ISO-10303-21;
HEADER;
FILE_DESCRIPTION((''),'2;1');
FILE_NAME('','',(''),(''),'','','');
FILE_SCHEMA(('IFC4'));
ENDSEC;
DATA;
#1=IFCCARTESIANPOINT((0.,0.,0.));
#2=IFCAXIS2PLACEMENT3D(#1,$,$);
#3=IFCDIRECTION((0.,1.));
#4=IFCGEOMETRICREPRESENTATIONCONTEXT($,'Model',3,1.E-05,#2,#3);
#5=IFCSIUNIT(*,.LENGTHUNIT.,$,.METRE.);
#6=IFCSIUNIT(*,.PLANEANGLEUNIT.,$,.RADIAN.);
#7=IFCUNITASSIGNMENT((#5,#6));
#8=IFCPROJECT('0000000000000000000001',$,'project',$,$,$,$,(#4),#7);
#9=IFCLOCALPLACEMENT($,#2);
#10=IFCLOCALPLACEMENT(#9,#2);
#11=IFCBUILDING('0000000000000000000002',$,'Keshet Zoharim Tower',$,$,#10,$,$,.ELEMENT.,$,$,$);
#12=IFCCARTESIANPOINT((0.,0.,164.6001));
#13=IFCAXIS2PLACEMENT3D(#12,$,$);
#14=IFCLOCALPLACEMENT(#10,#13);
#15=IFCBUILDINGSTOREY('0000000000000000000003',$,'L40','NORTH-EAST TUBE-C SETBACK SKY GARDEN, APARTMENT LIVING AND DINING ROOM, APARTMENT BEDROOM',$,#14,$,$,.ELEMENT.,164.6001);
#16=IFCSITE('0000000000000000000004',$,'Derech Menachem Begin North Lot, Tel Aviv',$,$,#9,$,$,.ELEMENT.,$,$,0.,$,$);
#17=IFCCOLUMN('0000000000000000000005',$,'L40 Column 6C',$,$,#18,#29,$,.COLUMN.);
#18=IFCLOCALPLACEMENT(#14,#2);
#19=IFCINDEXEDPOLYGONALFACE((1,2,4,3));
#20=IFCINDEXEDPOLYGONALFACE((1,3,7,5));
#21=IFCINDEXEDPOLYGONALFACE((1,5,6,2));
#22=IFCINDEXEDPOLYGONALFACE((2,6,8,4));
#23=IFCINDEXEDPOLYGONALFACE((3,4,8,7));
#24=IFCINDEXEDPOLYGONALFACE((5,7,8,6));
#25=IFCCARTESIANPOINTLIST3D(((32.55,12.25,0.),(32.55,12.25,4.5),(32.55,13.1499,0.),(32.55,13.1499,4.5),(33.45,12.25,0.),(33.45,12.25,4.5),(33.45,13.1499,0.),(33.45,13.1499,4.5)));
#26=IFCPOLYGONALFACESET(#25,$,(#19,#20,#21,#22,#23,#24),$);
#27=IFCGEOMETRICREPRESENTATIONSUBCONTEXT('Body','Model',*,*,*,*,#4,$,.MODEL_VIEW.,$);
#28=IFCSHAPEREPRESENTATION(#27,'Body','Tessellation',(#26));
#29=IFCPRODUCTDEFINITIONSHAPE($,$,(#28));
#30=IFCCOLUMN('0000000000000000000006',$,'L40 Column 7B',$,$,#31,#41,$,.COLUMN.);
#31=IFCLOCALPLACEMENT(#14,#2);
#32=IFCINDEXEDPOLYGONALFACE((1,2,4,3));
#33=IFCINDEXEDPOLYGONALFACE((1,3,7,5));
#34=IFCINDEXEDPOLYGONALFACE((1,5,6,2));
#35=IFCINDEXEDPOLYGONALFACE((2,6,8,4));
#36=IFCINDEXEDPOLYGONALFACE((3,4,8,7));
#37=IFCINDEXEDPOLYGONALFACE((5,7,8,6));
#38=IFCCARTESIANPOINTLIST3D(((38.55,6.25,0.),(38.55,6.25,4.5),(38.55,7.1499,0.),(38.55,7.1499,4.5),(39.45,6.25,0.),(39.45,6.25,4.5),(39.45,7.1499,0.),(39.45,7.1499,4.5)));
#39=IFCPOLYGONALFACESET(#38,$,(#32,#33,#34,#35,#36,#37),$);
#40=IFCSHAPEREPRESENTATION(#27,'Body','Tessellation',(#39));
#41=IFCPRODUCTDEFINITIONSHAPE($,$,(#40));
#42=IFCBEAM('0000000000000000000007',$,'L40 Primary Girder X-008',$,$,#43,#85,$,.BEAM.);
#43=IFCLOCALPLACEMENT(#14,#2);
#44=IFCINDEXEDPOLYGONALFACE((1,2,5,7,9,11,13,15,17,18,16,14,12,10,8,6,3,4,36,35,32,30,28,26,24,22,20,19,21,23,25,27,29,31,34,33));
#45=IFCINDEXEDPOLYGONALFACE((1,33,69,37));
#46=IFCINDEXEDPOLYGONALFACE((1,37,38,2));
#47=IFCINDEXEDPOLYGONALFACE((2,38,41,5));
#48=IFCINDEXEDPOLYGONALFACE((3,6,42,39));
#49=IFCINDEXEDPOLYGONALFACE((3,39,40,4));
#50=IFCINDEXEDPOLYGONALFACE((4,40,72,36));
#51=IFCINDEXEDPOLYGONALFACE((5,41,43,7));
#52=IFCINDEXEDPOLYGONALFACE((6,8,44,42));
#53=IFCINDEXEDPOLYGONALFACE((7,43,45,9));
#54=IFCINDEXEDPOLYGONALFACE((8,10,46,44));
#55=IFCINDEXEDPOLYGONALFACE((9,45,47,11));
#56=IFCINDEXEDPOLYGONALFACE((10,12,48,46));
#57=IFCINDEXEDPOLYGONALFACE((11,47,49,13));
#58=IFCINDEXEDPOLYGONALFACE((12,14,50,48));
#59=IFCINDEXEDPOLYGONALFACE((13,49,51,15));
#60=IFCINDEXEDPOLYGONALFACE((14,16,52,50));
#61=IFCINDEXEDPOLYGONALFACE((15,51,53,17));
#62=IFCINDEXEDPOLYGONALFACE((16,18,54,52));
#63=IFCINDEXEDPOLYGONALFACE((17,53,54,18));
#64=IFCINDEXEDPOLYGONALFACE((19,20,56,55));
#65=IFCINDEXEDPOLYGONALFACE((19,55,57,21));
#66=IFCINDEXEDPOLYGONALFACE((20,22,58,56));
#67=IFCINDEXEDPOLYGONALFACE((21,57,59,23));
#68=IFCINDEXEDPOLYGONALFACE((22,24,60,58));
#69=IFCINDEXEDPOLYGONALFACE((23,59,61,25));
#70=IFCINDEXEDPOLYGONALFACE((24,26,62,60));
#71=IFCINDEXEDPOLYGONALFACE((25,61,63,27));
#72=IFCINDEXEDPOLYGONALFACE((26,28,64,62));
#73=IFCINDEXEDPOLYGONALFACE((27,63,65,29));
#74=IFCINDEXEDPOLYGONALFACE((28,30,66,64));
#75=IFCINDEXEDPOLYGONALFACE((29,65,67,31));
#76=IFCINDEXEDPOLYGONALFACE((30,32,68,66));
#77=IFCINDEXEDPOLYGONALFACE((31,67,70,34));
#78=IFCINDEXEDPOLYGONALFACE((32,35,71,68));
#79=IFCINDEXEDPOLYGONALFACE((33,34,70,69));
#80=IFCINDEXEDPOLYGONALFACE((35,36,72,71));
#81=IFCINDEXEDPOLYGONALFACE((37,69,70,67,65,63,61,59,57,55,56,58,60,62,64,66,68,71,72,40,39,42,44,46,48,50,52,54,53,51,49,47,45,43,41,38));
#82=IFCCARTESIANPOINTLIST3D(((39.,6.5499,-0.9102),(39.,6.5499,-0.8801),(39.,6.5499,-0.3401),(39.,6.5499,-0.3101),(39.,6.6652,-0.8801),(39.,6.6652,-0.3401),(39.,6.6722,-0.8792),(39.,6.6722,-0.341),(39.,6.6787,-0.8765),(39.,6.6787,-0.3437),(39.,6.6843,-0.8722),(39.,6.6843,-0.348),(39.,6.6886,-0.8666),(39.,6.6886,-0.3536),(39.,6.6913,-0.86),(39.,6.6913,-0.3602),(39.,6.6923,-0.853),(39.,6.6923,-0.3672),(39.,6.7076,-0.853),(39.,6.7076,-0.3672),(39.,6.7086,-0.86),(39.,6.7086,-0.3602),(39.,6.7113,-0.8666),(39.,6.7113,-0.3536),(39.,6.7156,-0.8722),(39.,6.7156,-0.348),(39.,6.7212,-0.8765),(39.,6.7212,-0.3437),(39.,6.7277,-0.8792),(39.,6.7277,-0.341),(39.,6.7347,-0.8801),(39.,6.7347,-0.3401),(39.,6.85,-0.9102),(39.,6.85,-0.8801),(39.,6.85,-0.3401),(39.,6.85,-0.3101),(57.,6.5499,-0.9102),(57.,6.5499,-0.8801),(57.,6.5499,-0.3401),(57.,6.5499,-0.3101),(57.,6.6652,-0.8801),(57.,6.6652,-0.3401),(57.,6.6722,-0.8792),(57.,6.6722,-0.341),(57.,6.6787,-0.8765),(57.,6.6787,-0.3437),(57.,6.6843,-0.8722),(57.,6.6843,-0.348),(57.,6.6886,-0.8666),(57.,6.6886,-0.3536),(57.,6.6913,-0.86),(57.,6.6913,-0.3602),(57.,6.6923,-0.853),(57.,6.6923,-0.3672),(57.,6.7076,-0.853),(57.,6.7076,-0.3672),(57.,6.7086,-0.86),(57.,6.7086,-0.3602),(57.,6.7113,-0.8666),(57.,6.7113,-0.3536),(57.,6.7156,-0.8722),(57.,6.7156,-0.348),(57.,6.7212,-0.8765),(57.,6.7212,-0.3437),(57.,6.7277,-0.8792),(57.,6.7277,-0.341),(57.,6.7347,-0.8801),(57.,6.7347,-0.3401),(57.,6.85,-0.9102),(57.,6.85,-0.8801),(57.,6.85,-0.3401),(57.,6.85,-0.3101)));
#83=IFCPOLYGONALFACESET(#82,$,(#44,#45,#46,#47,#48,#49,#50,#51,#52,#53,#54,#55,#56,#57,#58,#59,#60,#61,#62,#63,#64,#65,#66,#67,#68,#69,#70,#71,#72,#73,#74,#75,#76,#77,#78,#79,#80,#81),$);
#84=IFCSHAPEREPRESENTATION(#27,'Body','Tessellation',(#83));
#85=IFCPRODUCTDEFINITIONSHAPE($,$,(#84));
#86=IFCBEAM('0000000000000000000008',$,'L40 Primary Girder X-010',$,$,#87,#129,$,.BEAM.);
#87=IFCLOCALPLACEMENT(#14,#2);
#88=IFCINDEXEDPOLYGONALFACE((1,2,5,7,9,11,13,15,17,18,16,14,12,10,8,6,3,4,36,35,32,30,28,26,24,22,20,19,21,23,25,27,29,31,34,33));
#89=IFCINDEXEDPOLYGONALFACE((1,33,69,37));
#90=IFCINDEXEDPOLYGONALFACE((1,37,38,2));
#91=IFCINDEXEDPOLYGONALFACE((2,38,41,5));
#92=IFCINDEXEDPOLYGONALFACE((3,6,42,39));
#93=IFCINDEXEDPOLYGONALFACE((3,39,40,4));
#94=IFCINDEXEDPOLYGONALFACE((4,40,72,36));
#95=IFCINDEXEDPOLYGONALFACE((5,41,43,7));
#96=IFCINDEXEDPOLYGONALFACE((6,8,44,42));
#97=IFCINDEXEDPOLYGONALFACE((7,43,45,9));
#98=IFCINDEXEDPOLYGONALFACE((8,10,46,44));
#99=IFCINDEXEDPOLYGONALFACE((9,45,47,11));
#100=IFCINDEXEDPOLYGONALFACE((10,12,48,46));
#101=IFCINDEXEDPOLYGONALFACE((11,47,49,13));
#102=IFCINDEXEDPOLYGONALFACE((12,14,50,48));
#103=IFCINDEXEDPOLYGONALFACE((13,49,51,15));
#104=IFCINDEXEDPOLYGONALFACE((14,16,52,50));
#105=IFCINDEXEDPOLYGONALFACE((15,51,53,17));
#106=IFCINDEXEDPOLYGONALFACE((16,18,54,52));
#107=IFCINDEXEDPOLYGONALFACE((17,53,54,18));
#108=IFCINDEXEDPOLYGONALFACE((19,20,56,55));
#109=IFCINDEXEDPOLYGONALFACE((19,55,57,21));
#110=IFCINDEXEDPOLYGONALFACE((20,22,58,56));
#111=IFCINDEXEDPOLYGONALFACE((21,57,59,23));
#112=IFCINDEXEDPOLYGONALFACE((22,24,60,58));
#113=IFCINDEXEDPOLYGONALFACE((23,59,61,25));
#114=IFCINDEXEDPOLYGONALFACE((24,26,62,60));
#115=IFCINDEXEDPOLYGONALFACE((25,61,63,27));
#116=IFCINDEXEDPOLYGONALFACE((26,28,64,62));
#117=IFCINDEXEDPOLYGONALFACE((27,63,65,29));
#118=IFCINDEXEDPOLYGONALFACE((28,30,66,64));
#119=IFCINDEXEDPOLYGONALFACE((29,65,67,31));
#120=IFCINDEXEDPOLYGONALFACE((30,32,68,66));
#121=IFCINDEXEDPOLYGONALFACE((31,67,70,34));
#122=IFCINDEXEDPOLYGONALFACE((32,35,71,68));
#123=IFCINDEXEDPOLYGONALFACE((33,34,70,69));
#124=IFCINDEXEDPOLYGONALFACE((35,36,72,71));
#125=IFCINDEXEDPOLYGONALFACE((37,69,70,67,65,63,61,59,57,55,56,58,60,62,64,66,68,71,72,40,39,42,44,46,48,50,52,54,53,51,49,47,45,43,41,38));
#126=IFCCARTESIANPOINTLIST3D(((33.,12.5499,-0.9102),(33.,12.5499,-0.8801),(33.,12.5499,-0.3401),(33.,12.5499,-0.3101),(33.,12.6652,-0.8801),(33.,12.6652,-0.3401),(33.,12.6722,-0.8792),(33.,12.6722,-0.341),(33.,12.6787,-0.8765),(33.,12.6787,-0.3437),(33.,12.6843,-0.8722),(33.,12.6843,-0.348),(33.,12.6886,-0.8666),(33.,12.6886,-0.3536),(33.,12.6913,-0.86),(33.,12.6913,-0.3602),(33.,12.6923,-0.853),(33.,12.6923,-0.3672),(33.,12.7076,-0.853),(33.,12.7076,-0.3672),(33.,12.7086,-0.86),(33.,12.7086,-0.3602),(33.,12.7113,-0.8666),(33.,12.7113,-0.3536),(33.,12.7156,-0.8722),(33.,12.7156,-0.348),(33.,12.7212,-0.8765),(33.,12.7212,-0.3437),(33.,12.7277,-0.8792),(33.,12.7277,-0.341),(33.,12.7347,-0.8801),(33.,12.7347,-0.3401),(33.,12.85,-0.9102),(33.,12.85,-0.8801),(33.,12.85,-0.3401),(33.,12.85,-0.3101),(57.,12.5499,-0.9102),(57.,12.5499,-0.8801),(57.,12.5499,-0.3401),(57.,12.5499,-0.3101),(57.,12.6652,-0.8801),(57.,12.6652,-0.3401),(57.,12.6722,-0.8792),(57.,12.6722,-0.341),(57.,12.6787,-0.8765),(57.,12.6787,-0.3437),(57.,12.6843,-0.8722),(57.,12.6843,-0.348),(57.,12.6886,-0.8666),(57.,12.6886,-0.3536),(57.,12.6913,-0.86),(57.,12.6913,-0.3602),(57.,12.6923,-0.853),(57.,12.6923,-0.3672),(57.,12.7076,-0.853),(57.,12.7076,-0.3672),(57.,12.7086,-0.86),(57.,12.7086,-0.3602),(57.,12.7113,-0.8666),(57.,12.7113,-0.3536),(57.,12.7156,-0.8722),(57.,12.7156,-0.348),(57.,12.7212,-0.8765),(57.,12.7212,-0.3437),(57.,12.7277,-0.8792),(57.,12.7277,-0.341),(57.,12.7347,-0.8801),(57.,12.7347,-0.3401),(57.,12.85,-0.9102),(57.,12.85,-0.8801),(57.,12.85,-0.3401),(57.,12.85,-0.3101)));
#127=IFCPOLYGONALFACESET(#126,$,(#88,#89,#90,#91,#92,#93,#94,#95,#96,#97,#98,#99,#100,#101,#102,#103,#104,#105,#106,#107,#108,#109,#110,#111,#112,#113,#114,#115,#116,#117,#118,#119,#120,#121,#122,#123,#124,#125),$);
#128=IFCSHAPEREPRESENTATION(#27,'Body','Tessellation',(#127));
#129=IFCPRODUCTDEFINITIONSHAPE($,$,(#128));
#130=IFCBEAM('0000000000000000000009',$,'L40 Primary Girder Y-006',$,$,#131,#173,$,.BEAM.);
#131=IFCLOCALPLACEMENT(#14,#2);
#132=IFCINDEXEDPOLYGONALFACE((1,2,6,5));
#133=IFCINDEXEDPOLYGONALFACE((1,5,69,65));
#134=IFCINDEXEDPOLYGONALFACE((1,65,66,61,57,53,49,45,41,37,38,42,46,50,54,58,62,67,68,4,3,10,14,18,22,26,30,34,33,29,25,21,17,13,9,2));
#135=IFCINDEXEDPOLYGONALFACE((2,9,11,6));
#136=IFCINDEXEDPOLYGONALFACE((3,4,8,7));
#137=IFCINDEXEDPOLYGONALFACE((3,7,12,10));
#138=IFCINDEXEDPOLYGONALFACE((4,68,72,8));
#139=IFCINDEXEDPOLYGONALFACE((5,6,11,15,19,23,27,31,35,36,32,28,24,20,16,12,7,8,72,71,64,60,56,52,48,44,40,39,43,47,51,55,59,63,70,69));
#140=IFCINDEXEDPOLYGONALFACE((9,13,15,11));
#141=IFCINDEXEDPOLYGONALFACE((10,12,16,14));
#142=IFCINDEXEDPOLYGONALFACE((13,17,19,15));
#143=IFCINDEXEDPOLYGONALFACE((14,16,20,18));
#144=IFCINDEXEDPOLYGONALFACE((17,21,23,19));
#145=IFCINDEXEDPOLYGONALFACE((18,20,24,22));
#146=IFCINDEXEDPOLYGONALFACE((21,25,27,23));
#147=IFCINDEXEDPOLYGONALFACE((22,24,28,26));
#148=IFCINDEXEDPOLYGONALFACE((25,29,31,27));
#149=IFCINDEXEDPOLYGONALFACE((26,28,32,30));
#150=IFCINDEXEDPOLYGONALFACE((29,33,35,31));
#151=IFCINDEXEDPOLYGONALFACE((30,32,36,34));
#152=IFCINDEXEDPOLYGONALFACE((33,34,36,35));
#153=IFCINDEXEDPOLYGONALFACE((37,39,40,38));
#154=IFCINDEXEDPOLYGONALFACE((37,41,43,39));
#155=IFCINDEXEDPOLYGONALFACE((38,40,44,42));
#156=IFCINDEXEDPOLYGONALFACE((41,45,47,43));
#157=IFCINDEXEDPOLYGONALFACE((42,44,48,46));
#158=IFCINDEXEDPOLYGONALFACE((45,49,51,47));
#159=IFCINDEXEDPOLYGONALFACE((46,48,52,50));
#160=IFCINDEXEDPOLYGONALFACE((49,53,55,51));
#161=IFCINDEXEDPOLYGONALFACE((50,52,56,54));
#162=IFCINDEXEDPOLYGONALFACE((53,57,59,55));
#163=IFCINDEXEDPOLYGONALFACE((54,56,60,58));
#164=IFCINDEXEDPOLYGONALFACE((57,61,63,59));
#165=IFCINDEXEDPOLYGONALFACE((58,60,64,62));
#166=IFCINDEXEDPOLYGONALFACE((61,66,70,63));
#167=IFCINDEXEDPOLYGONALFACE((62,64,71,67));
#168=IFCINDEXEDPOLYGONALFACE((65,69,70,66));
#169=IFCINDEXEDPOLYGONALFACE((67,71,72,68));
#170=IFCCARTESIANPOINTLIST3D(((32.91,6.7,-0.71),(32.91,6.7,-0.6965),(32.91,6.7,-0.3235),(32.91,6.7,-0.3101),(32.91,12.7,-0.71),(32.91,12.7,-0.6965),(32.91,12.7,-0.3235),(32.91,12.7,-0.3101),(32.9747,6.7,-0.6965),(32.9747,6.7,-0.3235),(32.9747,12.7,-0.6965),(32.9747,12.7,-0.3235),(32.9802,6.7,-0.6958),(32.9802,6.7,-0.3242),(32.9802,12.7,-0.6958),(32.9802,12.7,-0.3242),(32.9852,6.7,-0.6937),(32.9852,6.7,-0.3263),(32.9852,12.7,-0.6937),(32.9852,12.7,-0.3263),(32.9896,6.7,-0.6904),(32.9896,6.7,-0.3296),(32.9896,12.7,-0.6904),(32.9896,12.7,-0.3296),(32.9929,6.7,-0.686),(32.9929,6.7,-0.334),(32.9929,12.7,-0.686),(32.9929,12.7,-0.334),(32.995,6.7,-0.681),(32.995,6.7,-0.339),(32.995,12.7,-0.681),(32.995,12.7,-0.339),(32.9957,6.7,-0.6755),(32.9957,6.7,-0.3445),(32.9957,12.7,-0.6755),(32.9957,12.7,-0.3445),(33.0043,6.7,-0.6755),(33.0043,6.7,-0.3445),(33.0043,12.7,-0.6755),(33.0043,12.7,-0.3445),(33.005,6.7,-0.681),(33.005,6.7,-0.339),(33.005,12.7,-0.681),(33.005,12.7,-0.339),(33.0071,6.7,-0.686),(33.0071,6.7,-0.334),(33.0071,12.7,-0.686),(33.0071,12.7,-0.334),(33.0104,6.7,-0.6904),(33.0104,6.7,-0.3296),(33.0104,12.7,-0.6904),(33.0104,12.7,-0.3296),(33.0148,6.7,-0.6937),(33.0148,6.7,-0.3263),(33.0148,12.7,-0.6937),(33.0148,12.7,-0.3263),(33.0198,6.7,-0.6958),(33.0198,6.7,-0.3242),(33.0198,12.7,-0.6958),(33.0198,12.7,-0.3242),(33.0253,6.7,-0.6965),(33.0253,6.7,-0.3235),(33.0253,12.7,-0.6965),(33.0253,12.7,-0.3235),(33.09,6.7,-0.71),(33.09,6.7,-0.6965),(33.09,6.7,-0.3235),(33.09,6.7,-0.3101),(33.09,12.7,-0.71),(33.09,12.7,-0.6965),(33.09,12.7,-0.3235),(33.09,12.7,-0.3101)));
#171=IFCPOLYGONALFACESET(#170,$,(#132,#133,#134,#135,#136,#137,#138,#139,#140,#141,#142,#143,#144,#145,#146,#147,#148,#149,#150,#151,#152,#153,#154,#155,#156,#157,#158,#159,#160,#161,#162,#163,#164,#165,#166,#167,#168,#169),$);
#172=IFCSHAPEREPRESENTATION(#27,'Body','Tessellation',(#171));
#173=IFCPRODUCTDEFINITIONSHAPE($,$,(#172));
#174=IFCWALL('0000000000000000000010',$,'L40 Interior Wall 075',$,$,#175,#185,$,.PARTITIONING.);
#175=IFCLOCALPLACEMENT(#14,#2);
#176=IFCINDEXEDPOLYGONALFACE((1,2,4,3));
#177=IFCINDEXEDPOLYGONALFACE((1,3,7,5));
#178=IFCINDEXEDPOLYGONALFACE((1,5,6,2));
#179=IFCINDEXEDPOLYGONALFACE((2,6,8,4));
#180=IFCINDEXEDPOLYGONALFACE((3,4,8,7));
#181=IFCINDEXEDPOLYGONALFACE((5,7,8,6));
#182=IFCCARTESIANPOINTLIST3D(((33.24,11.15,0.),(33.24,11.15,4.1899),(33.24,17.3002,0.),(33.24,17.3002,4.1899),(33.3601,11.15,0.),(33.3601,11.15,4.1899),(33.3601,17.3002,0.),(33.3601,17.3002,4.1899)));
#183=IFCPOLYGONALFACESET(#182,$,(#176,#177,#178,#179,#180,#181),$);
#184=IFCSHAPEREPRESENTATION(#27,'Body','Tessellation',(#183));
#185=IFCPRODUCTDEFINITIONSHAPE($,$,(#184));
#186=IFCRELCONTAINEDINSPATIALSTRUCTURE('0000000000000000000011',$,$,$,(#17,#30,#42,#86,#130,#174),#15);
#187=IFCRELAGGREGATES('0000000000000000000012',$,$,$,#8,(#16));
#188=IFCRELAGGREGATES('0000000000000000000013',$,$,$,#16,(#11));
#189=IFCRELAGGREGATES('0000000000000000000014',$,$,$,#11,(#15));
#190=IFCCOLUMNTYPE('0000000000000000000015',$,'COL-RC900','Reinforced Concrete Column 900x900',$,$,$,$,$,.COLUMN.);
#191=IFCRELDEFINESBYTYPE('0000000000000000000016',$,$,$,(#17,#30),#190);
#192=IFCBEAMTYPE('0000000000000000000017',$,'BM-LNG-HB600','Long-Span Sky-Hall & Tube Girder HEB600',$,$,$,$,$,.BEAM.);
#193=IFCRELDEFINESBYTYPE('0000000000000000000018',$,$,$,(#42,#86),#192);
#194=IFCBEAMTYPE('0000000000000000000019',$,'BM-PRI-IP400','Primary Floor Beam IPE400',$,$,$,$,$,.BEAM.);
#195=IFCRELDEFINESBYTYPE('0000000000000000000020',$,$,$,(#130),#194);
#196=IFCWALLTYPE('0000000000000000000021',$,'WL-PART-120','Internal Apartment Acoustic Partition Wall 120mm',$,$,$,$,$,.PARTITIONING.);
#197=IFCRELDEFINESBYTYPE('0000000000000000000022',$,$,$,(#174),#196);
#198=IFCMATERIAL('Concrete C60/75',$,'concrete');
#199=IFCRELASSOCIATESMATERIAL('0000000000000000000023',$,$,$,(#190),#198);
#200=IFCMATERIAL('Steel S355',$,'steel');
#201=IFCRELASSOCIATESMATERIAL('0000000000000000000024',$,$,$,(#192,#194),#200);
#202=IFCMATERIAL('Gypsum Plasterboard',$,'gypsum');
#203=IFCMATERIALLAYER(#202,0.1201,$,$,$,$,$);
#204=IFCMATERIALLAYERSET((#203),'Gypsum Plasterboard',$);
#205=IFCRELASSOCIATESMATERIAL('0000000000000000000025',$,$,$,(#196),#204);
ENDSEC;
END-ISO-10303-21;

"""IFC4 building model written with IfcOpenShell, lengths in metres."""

from ifc_helpers import new_model, si_unit, direction, frame, frame_2d, origin, origin_2d, place, context, subcontext, project, spatial, rectangle, i_section, extrude, material, layer, layer_set, material_profile, profile_set, type_object, element, save


model = new_model("IFC4")

# Units and contexts
model_context = context("Model", 3, precision=1e-05, world=origin(), true_north=direction((0.0, 1.0)))
body_context = subcontext(model_context, "Body", "Model", "MODEL_VIEW")
ifc_project = project(units=[si_unit("LENGTHUNIT", "METRE"), si_unit("PLANEANGLEUNIT", "RADIAN")], contexts=[model_context])

# Site, building, storey
site_placement = place(None, origin())
site = spatial("IfcSite", under=ifc_project, at=site_placement, Name="Derech Menachem Begin North Lot, Tel Aviv", CompositionType="ELEMENT", RefElevation=0.0)
building_placement = place(site_placement, origin())
building = spatial("IfcBuilding", under=site, at=building_placement, Name="Keshet Zoharim Tower", CompositionType="ELEMENT")
storey_placement = place(building_placement, frame((0.0, 0.0, 164.6001)))
storey = spatial("IfcBuildingStorey", under=building, at=storey_placement, Name="L40", Description="NORTH-EAST TUBE-C SETBACK SKY GARDEN, APARTMENT LIVING AND DINING ROOM, APARTMENT BEDROOM", CompositionType="ELEMENT", Elevation=164.6001)

# Columns
ifc_material_1 = material(Name="Concrete C60/75", Category="concrete")
ifc_material_profile_1 = material_profile(ifc_material_1, rectangle(XDim=0.8999, YDim=0.8999, at=origin_2d()), Name="RC900x900")
ifc_profile_set_1 = profile_set([ifc_material_profile_1], Name="Concrete C60/75")
column_type = type_object("IfcColumnType", Name="COL-RC900", Description="Reinforced Concrete Column 900x900", PredefinedType="COLUMN", material=ifc_profile_set_1)
for number, where, z_axis, x_axis, name in (
    (1, (33.0, 12.7, 0.0), (0.0, 0.0, 1.0), (1.0, 0.0, 0.0), "L40 Column 6C"),
    (2, (39.0, 6.7, 0.0), (0.0, 0.0, 1.0), (1.0, 0.0, 0.0), "L40 Column 7B"),
):
    element("IfcColumn", number, at=place(storey_placement, frame(where, z_axis=z_axis, x_axis=x_axis)), inside=storey, type_object=column_type, Name=name, PredefinedType="COLUMN", context=body_context, shape_type="SweptSolid", body=[
        extrude(rectangle(XDim=0.8999, YDim=0.8999, at=origin_2d()), origin(), (0.0, 0.0, 1.0), 4.5),
    ])

# Beams
ifc_material_2 = material(Name="Steel S355", Category="steel")
ifc_material_profile_2 = material_profile(ifc_material_2, i_section(OverallWidth=0.3, OverallDepth=0.6001, WebThickness=0.0154, FlangeThickness=0.03, FilletRadius=0.0271, at=origin_2d()), Name="HEB600")
ifc_profile_set_2 = profile_set([ifc_material_profile_2], Name="Steel S355")
beam_type_1 = type_object("IfcBeamType", Name="BM-LNG-HB600", Description="Long-Span Sky-Hall & Tube Girder HEB600", PredefinedType="BEAM", material=ifc_profile_set_2)
beam_1_placement = place(storey_placement, frame((39.0, 6.7, -0.6101), z_axis=(1.0, 0.0, 0.0), x_axis=(0.0, 1.0, 0.0)))
element("IfcBeam", 3, at=beam_1_placement, inside=storey, type_object=beam_type_1, Name="L40 Primary Girder X-008", PredefinedType="BEAM", context=body_context, shape_type="SweptSolid", body=[
    extrude(i_section(OverallWidth=0.3, OverallDepth=0.6001, WebThickness=0.0154, FlangeThickness=0.03, FilletRadius=0.0271, at=origin_2d()), origin(), (0.0, 0.0, 1.0), 18.0),
])
beam_2_placement = place(storey_placement, frame((33.0, 12.7, -0.6101), z_axis=(1.0, 0.0, 0.0), x_axis=(0.0, 1.0, 0.0)))
element("IfcBeam", 4, at=beam_2_placement, inside=storey, type_object=beam_type_1, Name="L40 Primary Girder X-010", PredefinedType="BEAM", context=body_context, shape_type="SweptSolid", body=[
    extrude(i_section(OverallWidth=0.3, OverallDepth=0.6001, WebThickness=0.0154, FlangeThickness=0.03, FilletRadius=0.0271, at=origin_2d()), origin(), (0.0, 0.0, 1.0), 24.0),
])
ifc_material_profile_3 = material_profile(ifc_material_2, i_section(OverallWidth=0.1799, OverallDepth=0.3999, WebThickness=0.0085, FlangeThickness=0.0134, FilletRadius=0.021, at=origin_2d()), Name="IPE400")
ifc_profile_set_3 = profile_set([ifc_material_profile_3], Name="Steel S355")
beam_type_2 = type_object("IfcBeamType", Name="BM-PRI-IP400", Description="Primary Floor Beam IPE400", PredefinedType="BEAM", material=ifc_profile_set_3)
beam_3_placement = place(storey_placement, frame((33.0, 6.7, -0.51), z_axis=(0.0, 1.0, 0.0), x_axis=(-1.0, 0.0, 0.0)))
element("IfcBeam", 5, at=beam_3_placement, inside=storey, type_object=beam_type_2, Name="L40 Primary Girder Y-006", PredefinedType="BEAM", context=body_context, shape_type="SweptSolid", body=[
    extrude(i_section(OverallWidth=0.1799, OverallDepth=0.3999, WebThickness=0.0085, FlangeThickness=0.0134, FilletRadius=0.021, at=origin_2d()), origin(), (0.0, 0.0, 1.0), 6.0),
])

# Wall
ifc_material_3 = material(Name="Gypsum Plasterboard", Category="gypsum")
ifc_layer_1 = layer(ifc_material_3, 0.1201)
ifc_layer_set_1 = layer_set([ifc_layer_1], Name="Gypsum Plasterboard")
wall_type_1 = type_object("IfcWallType", Name="WL-PART-120", Description="Internal Apartment Acoustic Partition Wall 120mm", PredefinedType="PARTITIONING", material=ifc_layer_set_1)
wall_1_placement = place(storey_placement, frame((33.3, 11.1499, 0.0), z_axis=(0.0, 0.0, 1.0), x_axis=(0.0, 1.0, 0.0)))
element("IfcWall", 6, at=wall_1_placement, inside=storey, type_object=wall_type_1, Name="L40 Interior Wall 075", PredefinedType="PARTITIONING", context=body_context, shape_type="SweptSolid", body=[
    extrude(rectangle(XDim=6.1501, YDim=0.1201, at=frame_2d((3.0752, 0.0))), origin(), (0.0, 0.0, 1.0), 4.1899),
])

save(model, "model.ifc")
